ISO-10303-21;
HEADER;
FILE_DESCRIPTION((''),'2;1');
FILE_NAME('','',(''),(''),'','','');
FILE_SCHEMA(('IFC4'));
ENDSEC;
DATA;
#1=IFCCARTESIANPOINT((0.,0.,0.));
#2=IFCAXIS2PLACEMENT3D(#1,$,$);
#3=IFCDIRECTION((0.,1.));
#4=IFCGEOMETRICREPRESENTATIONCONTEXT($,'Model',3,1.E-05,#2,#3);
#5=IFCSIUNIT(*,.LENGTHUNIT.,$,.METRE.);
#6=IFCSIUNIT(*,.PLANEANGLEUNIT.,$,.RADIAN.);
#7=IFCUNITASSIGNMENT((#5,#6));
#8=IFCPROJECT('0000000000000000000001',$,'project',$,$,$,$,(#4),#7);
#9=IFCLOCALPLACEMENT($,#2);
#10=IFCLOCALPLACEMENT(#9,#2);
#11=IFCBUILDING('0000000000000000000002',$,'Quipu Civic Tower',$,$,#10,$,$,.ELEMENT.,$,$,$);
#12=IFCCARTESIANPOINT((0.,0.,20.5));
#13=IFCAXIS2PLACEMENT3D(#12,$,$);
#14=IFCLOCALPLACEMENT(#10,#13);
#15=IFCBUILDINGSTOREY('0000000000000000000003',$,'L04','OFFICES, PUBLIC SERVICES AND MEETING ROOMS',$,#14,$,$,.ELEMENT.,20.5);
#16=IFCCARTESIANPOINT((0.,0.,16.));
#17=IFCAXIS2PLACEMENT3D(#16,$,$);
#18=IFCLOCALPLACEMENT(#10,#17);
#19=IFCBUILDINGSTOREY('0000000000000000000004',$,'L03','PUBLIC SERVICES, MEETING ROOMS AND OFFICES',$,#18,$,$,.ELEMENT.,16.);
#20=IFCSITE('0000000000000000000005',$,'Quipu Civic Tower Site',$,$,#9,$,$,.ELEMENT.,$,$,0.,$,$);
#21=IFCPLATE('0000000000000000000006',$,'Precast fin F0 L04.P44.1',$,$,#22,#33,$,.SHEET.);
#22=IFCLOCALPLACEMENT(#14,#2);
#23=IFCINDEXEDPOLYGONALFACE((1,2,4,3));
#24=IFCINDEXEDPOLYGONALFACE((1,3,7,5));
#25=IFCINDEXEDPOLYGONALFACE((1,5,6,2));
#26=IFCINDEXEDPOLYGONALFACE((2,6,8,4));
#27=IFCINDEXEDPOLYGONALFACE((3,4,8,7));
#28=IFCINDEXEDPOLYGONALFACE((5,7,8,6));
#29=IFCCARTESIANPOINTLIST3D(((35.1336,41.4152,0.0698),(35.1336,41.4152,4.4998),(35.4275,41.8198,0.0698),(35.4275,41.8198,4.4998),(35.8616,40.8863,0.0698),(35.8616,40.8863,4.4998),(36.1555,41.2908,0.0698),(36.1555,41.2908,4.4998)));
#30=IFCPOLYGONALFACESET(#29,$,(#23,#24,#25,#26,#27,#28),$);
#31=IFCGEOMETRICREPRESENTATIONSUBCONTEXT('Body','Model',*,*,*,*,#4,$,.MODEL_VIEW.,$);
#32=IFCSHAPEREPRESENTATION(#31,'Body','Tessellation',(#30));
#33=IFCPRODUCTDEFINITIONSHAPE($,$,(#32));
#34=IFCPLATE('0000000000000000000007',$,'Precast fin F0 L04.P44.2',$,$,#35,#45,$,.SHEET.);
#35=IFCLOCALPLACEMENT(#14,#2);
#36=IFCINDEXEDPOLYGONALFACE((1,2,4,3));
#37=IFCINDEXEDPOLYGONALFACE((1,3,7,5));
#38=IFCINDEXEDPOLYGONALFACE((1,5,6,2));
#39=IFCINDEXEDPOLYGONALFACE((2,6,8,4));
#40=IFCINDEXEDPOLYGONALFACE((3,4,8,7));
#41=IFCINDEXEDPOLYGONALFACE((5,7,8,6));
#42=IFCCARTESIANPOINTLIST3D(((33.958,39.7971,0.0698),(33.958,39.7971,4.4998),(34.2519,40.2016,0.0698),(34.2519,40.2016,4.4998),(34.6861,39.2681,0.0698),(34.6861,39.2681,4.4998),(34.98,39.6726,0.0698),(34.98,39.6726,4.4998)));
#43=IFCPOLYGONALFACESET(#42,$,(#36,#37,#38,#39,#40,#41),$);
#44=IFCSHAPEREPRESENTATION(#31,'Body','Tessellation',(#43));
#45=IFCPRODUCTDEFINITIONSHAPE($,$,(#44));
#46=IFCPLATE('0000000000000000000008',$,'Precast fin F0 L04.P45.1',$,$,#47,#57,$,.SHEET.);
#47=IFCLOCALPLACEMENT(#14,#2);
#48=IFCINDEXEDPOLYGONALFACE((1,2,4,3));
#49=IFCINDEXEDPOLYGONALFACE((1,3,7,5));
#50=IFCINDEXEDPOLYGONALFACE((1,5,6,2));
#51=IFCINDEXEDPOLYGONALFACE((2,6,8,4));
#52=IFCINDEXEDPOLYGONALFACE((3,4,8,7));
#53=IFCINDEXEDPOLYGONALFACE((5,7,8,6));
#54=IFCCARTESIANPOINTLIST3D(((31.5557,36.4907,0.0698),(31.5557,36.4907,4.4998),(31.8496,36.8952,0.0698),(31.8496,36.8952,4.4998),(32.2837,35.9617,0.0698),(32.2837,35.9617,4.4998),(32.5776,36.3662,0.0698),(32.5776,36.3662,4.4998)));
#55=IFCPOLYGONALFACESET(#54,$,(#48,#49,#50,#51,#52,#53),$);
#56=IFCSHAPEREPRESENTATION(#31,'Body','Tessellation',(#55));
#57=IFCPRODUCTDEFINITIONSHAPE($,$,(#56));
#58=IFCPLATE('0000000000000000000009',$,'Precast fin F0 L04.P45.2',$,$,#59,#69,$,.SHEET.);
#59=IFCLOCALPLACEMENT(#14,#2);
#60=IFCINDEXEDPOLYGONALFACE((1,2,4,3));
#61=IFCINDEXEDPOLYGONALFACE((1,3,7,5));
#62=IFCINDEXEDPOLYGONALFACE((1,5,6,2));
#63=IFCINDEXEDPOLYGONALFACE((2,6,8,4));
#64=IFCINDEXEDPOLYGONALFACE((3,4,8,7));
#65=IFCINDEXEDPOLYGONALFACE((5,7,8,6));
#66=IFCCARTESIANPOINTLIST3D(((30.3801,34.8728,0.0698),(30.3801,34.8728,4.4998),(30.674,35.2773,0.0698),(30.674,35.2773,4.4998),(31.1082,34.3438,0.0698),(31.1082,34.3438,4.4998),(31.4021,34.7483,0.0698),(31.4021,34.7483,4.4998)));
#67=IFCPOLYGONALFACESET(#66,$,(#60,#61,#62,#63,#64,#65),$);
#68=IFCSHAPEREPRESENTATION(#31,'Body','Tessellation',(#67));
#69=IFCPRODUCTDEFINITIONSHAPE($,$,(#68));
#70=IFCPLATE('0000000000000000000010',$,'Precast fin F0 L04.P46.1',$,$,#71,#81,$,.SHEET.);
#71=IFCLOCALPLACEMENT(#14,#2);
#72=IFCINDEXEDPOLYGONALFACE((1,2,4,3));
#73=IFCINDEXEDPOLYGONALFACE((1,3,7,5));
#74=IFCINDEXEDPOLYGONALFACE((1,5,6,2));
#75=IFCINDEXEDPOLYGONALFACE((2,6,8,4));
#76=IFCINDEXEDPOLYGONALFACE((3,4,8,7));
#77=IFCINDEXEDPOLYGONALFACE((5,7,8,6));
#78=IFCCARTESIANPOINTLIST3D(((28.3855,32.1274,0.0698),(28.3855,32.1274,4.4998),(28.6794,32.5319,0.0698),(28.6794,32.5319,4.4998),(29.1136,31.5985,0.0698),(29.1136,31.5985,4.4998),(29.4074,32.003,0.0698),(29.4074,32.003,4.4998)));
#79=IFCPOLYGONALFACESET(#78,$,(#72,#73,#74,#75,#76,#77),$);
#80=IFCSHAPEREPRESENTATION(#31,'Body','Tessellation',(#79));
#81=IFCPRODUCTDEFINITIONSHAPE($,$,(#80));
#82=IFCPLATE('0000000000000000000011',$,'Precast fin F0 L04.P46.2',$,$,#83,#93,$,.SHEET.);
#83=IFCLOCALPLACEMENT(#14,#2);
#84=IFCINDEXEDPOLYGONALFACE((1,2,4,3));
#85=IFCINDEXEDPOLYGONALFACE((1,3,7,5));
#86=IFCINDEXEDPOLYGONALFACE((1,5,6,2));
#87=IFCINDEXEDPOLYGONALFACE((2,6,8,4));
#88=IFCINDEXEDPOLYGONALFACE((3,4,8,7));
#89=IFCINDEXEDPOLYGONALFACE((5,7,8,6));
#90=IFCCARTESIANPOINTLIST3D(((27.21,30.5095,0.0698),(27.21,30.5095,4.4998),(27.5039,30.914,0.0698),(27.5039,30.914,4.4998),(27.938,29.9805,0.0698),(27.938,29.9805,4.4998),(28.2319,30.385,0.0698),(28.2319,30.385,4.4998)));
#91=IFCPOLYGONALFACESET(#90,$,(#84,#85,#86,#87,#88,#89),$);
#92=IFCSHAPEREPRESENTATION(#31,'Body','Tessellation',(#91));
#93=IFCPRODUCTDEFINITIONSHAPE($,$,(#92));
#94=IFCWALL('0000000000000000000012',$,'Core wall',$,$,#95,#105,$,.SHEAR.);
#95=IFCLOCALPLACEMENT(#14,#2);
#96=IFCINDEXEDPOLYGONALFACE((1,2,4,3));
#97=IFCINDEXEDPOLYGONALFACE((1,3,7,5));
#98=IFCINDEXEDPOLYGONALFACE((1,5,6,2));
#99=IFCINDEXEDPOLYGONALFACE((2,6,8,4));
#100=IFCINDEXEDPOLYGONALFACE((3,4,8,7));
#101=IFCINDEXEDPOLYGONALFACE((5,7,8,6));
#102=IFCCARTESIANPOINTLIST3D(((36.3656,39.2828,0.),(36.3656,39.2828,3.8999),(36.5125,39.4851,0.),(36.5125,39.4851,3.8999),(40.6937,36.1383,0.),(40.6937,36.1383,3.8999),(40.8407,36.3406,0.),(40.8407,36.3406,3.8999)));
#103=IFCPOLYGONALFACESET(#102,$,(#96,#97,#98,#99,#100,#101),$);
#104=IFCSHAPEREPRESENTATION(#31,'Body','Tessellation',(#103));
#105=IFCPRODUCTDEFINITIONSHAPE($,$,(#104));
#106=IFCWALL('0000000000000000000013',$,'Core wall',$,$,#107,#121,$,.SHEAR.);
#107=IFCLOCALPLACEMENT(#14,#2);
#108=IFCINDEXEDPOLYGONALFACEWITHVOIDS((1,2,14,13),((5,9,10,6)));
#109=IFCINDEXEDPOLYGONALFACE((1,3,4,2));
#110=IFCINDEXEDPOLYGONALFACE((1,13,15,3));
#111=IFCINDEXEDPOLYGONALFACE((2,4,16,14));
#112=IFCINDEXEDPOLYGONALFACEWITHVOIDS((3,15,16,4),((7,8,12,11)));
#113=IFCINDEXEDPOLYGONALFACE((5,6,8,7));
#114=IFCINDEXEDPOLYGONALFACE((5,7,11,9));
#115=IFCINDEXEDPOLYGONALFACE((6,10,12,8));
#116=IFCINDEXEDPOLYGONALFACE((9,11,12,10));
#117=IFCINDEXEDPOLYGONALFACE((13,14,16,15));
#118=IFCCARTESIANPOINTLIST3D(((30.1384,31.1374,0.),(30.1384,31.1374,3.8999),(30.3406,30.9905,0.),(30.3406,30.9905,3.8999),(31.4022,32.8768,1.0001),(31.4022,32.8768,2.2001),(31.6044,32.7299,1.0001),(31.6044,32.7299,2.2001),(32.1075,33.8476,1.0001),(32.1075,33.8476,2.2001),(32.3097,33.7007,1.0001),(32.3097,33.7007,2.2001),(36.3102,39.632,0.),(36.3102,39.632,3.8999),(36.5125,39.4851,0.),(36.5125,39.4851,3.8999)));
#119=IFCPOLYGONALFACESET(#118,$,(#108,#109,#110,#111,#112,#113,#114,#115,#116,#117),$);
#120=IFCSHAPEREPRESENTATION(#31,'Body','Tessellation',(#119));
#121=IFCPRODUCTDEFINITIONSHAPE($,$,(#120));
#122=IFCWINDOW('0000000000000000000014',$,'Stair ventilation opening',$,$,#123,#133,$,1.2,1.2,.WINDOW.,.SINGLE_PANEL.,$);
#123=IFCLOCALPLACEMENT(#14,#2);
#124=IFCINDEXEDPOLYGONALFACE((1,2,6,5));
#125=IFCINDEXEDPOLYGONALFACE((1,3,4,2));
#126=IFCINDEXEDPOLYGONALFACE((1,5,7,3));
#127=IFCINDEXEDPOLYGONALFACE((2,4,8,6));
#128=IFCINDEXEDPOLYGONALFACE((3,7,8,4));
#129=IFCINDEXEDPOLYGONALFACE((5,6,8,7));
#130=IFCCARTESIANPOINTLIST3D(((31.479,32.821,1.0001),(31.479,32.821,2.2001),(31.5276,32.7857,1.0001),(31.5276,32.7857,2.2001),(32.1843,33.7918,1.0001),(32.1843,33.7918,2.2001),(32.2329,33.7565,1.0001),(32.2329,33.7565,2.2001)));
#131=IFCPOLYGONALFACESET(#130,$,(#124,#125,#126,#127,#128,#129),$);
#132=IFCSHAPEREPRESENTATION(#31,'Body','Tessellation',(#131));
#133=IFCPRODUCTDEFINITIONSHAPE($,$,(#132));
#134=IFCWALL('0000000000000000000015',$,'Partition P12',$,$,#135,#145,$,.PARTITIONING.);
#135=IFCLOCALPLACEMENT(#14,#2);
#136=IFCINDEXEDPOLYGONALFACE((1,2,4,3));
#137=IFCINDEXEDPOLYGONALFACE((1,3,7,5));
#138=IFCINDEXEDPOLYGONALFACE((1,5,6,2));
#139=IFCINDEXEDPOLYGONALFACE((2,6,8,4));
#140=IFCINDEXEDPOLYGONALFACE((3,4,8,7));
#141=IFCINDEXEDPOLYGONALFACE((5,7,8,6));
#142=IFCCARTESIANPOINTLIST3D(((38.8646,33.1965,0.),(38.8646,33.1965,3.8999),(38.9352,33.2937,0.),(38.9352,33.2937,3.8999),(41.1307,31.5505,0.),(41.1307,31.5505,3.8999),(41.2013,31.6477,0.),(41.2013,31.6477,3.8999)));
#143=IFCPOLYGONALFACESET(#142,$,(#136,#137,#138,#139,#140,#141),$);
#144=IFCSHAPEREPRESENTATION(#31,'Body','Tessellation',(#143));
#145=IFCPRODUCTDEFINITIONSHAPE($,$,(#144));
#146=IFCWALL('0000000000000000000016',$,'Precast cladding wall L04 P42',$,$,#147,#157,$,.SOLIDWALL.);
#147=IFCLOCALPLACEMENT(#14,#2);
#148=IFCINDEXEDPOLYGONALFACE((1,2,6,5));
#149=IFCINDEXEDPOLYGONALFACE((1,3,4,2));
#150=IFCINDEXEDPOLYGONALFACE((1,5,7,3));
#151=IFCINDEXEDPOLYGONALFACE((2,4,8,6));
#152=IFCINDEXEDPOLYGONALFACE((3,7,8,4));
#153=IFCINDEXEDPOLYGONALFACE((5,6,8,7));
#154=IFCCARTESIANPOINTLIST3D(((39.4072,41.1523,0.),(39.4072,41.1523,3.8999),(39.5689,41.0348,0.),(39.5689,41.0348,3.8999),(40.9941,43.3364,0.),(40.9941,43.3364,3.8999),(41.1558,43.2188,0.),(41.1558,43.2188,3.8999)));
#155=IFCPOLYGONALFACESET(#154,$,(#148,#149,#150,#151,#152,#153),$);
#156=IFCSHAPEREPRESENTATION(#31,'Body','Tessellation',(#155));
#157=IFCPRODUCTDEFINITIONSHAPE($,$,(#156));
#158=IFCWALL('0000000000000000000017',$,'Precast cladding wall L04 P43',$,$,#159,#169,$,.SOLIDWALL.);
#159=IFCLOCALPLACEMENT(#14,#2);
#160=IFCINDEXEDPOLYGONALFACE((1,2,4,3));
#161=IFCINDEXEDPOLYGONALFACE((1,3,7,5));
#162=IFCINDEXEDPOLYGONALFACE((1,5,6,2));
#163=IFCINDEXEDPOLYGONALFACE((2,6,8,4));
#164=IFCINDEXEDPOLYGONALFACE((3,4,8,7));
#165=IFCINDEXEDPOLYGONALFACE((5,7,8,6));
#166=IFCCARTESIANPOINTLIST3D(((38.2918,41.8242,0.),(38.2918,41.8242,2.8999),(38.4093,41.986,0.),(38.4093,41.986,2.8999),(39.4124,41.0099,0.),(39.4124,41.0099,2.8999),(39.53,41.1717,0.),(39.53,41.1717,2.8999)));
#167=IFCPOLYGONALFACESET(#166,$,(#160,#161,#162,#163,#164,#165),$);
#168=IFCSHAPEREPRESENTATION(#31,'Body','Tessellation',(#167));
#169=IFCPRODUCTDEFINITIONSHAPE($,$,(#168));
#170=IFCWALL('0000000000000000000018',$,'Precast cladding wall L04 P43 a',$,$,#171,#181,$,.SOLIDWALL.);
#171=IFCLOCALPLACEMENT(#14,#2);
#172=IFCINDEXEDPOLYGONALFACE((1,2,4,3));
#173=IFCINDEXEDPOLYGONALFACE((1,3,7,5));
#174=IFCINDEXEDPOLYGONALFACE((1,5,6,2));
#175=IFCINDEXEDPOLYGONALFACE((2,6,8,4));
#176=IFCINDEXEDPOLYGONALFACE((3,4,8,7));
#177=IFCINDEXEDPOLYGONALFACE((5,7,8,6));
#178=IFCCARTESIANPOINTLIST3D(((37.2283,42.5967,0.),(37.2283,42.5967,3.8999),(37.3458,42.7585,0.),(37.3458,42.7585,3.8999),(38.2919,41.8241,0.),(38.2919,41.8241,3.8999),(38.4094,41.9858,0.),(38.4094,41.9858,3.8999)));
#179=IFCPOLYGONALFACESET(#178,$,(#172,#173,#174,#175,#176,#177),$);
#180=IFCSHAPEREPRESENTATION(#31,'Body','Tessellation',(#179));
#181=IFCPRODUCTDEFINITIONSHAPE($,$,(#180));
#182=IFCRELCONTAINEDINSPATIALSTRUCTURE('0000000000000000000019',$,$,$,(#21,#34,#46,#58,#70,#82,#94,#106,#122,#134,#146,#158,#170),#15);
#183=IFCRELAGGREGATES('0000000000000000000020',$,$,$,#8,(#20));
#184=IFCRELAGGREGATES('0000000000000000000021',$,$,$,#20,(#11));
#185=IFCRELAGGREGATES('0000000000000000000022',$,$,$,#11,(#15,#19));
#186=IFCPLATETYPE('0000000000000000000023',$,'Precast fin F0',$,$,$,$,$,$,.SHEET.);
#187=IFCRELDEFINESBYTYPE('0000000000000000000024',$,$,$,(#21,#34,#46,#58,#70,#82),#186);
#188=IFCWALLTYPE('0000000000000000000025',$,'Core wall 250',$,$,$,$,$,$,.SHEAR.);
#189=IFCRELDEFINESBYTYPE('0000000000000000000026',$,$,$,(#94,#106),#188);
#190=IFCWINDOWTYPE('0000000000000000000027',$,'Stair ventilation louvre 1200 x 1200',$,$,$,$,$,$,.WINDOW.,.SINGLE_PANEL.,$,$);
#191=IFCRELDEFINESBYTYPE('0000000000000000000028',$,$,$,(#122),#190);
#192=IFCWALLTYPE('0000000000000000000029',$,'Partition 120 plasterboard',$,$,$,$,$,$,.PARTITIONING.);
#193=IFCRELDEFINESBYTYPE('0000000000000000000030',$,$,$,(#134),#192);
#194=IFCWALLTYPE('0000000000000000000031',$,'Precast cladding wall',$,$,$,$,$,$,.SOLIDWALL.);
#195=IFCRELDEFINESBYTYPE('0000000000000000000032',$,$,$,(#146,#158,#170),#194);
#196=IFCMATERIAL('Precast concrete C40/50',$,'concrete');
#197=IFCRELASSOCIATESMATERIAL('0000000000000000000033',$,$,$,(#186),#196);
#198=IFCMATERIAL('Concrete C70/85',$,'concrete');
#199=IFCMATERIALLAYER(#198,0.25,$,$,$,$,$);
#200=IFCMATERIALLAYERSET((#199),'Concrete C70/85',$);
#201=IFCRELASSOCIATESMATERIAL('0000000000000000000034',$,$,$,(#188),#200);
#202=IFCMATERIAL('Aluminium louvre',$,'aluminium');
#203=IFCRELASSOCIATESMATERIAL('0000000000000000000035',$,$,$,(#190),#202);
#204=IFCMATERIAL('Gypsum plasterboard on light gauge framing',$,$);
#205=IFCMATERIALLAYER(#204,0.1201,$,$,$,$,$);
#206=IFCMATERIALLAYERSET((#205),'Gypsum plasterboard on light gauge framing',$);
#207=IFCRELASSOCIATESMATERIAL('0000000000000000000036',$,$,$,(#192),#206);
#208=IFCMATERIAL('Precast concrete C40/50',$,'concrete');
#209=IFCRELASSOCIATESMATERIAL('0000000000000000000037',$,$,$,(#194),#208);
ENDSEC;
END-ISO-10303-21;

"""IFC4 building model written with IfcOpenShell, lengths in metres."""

from ifc_helpers import new_model, si_unit, direction, frame, frame_2d, origin, origin_2d, place, context, subcontext, project, spatial, rectangle, extrude, material, layer, layer_set, type_object, element, fill, save


model = new_model("IFC4")

# Units and contexts
model_context = context("Model", 3, precision=1e-05, world=origin(), true_north=direction((0.0, 1.0)))
body_context = subcontext(model_context, "Body", "Model", "MODEL_VIEW")
ifc_project = project(units=[si_unit("LENGTHUNIT", "METRE"), si_unit("PLANEANGLEUNIT", "RADIAN")], contexts=[model_context])

# Site, building, storey
site_placement = place(None, origin())
site = spatial("IfcSite", under=ifc_project, at=site_placement, Name="Quipu Civic Tower Site", CompositionType="ELEMENT", RefElevation=0.0)
building_placement = place(site_placement, origin())
building = spatial("IfcBuilding", under=site, at=building_placement, Name="Quipu Civic Tower", CompositionType="ELEMENT")
storey_1_placement = place(building_placement, frame((0.0, 0.0, 20.5)))
storey_1 = spatial("IfcBuildingStorey", under=building, at=storey_1_placement, Name="L04", Description="OFFICES, PUBLIC SERVICES AND MEETING ROOMS", CompositionType="ELEMENT", Elevation=20.5)

# Shared definitions
storey_2_placement = place(building_placement, frame((0.0, 0.0, 16.0)))
storey_2 = spatial("IfcBuildingStorey", under=building, at=storey_2_placement, Name="L03", Description="PUBLIC SERVICES, MEETING ROOMS AND OFFICES", CompositionType="ELEMENT", Elevation=16.0)

# Plates
ifc_material_1 = material(Name="Precast concrete C40/50", Category="concrete")
plate_type_1 = type_object("IfcPlateType", Name="Precast fin F0", PredefinedType="SHEET", material=ifc_material_1)
for number, where, z_axis, x_axis, name in (
    (1, (35.6445, 41.353, 0.0698), (0.0, 0.0, 1.0), (-0.587785, -0.809017, 0.0), "Precast fin F0 L04.P44.1"),
    (2, (34.469, 39.7349, 0.0698), (0.0, 0.0, 1.0), (-0.587785, -0.809017, 0.0), "Precast fin F0 L04.P44.2"),
    (3, (32.0667, 36.4285, 0.0698), (0.0, 0.0, 1.0), (-0.587785, -0.809017, 0.0), "Precast fin F0 L04.P45.1"),
    (4, (30.8911, 34.8105, 0.0698), (0.0, 0.0, 1.0), (-0.587785, -0.809017, 0.0), "Precast fin F0 L04.P45.2"),
    (5, (28.8965, 32.0652, 0.0698), (0.0, 0.0, 1.0), (-0.587785, -0.809017, 0.0), "Precast fin F0 L04.P46.1"),
    (6, (27.7209, 30.4473, 0.0698), (0.0, 0.0, 1.0), (-0.587785, -0.809017, 0.0), "Precast fin F0 L04.P46.2"),
):
    element("IfcPlate", number, at=place(storey_1_placement, frame(where, z_axis=z_axis, x_axis=x_axis)), inside=storey_1, type_object=plate_type_1, Name=name, PredefinedType="SHEET", context=body_context, shape_type="SweptSolid", body=[
        extrude(rectangle(XDim=0.5, YDim=0.8999, at=origin_2d()), origin(), (0.0, 0.0, 1.0), 4.4299),
    ])

# Wall
ifc_material_2 = material(Name="Concrete C70/85", Category="concrete")
ifc_layer_1 = layer(ifc_material_2, 0.25)
ifc_layer_set_1 = layer_set([ifc_layer_1], Name="Concrete C70/85")
wall_type_1 = type_object("IfcWallType", Name="Core wall 250", PredefinedType="SHEAR", material=ifc_layer_set_1)
wall_1_placement = place(storey_1_placement, frame((40.7671, 36.2395, 0.0), z_axis=(0.0, 0.0, 1.0), x_axis=(-0.80902, 0.587781, 0.0)))
element("IfcWall", 7, at=wall_1_placement, inside=storey_1, type_object=wall_type_1, Name="Core wall", PredefinedType="SHEAR", context=body_context, shape_type="SweptSolid", body=[
    extrude(rectangle(XDim=5.3499, YDim=0.25, at=frame_2d((2.6748, 0.0))), origin(), (0.0, 0.0, 1.0), 3.8999),
])

# Wall, opening, window
wall_2_placement = place(storey_1_placement, frame((30.2395, 31.064, 0.0), z_axis=(0.0, 0.0, 1.0), x_axis=(0.587796, 0.809009, 0.0)))
wall_2 = element("IfcWall", 8, at=wall_2_placement, inside=storey_1, type_object=wall_type_1, Name="Core wall", PredefinedType="SHEAR", context=body_context, shape_type="SweptSolid", body=[
    extrude(rectangle(XDim=10.5, YDim=0.25, at=frame_2d((5.25, 0.0))), origin(), (0.0, 0.0, 1.0), 3.8999),
])
opening_placement = place(wall_2_placement, frame((2.1499, 0.0, 1.0)))
opening = element("IfcOpeningElement", 9, at=opening_placement, cuts=wall_2, PredefinedType="OPENING", context=body_context, shape_type="SweptSolid", body=[
    extrude(rectangle(XDim=1.2, YDim=1.2, at=frame_2d((0.6001, 0.6001))), frame((0.0, 0.135, 0.0), z_axis=(0.0, -1.0, 0.0), x_axis=(1.0, 0.0, 0.0)), (0.0, 0.0, 1.0), 0.27),
])
ifc_material_3 = material(Name="Aluminium louvre", Category="aluminium")
window_type = type_object("IfcWindowType", Name="Stair ventilation louvre 1200 x 1200", PartitioningType="SINGLE_PANEL", PredefinedType="WINDOW", material=ifc_material_3)
window_placement = place(opening_placement, origin())
window = element("IfcWindow", 10, at=window_placement, inside=storey_1, type_object=window_type, Name="Stair ventilation opening", OverallHeight=1.2, OverallWidth=1.2, PartitioningType="SINGLE_PANEL", PredefinedType="WINDOW", context=body_context, shape_type="SweptSolid", body=[
    extrude(rectangle(XDim=1.2, YDim=1.2, at=frame_2d((0.6001, 0.6001))), frame((0.0, 0.03, 0.0), z_axis=(0.0, -1.0, 0.0), x_axis=(1.0, 0.0, 0.0)), (0.0, 0.0, 1.0), 0.0601),
])
fill(opening, window)

# Walls
ifc_material_4 = material(Name="Gypsum plasterboard on light gauge framing")
ifc_layer_2 = layer(ifc_material_4, 0.1201)
ifc_layer_set_2 = layer_set([ifc_layer_2], Name="Gypsum plasterboard on light gauge framing")
wall_type_2 = type_object("IfcWallType", Name="Partition 120 plasterboard", PredefinedType="PARTITIONING", material=ifc_layer_set_2)
wall_3_placement = place(storey_1_placement, frame((38.8999, 33.2451, 0.0), z_axis=(0.0, 0.0, 1.0), x_axis=(0.80909, -0.587684, 0.0)))
element("IfcWall", 11, at=wall_3_placement, inside=storey_1, type_object=wall_type_2, Name="Partition P12", PredefinedType="PARTITIONING", context=body_context, shape_type="SweptSolid", body=[
    extrude(rectangle(XDim=2.8008, YDim=0.1201, at=frame_2d((1.4004, 0.0))), origin(), (0.0, 0.0, 1.0), 3.8999),
])
ifc_material_5 = material(Name="Precast concrete C40/50", Category="concrete")
wall_type_3 = type_object("IfcWallType", Name="Precast cladding wall", PredefinedType="SOLIDWALL", material=ifc_material_5)
wall_4_placement = place(storey_1_placement, frame((41.075, 43.2776, 0.0), z_axis=(0.0, 0.0, 1.0), x_axis=(-0.587806, -0.809002, 0.0)))
element("IfcWall", 12, at=wall_4_placement, inside=storey_1, type_object=wall_type_3, Name="Precast cladding wall L04 P42", PredefinedType="SOLIDWALL", context=body_context, shape_type="SweptSolid", body=[
    extrude(rectangle(XDim=2.6997, YDim=0.2, at=frame_2d((1.3499, 0.0))), origin(), (0.0, 0.0, 1.0), 3.8999),
])
wall_5_placement = place(storey_1_placement, frame((39.4712, 41.0908, 0.0), z_axis=(0.0, 0.0, 1.0), x_axis=(-0.809003, 0.587805, 0.0)))
element("IfcWall", 13, at=wall_5_placement, inside=storey_1, type_object=wall_type_3, Name="Precast cladding wall L04 P43", PredefinedType="SOLIDWALL", context=body_context, shape_type="SweptSolid", body=[
    extrude(rectangle(XDim=1.3853, YDim=0.2, at=frame_2d((0.6926, 0.0))), origin(), (0.0, 0.0, 1.0), 2.8999),
])
wall_6_placement = place(storey_1_placement, frame((38.3506, 41.905, 0.0), z_axis=(0.0, 0.0, 1.0), x_axis=(-0.809065, 0.587719, 0.0)))
element("IfcWall", 14, at=wall_6_placement, inside=storey_1, type_object=wall_type_3, Name="Precast cladding wall L04 P43 a", PredefinedType="SOLIDWALL", context=body_context, shape_type="SweptSolid", body=[
    extrude(rectangle(XDim=1.3147, YDim=0.2, at=frame_2d((0.6572, 0.0))), origin(), (0.0, 0.0, 1.0), 3.8999),
])

save(model, "model.ifc")
